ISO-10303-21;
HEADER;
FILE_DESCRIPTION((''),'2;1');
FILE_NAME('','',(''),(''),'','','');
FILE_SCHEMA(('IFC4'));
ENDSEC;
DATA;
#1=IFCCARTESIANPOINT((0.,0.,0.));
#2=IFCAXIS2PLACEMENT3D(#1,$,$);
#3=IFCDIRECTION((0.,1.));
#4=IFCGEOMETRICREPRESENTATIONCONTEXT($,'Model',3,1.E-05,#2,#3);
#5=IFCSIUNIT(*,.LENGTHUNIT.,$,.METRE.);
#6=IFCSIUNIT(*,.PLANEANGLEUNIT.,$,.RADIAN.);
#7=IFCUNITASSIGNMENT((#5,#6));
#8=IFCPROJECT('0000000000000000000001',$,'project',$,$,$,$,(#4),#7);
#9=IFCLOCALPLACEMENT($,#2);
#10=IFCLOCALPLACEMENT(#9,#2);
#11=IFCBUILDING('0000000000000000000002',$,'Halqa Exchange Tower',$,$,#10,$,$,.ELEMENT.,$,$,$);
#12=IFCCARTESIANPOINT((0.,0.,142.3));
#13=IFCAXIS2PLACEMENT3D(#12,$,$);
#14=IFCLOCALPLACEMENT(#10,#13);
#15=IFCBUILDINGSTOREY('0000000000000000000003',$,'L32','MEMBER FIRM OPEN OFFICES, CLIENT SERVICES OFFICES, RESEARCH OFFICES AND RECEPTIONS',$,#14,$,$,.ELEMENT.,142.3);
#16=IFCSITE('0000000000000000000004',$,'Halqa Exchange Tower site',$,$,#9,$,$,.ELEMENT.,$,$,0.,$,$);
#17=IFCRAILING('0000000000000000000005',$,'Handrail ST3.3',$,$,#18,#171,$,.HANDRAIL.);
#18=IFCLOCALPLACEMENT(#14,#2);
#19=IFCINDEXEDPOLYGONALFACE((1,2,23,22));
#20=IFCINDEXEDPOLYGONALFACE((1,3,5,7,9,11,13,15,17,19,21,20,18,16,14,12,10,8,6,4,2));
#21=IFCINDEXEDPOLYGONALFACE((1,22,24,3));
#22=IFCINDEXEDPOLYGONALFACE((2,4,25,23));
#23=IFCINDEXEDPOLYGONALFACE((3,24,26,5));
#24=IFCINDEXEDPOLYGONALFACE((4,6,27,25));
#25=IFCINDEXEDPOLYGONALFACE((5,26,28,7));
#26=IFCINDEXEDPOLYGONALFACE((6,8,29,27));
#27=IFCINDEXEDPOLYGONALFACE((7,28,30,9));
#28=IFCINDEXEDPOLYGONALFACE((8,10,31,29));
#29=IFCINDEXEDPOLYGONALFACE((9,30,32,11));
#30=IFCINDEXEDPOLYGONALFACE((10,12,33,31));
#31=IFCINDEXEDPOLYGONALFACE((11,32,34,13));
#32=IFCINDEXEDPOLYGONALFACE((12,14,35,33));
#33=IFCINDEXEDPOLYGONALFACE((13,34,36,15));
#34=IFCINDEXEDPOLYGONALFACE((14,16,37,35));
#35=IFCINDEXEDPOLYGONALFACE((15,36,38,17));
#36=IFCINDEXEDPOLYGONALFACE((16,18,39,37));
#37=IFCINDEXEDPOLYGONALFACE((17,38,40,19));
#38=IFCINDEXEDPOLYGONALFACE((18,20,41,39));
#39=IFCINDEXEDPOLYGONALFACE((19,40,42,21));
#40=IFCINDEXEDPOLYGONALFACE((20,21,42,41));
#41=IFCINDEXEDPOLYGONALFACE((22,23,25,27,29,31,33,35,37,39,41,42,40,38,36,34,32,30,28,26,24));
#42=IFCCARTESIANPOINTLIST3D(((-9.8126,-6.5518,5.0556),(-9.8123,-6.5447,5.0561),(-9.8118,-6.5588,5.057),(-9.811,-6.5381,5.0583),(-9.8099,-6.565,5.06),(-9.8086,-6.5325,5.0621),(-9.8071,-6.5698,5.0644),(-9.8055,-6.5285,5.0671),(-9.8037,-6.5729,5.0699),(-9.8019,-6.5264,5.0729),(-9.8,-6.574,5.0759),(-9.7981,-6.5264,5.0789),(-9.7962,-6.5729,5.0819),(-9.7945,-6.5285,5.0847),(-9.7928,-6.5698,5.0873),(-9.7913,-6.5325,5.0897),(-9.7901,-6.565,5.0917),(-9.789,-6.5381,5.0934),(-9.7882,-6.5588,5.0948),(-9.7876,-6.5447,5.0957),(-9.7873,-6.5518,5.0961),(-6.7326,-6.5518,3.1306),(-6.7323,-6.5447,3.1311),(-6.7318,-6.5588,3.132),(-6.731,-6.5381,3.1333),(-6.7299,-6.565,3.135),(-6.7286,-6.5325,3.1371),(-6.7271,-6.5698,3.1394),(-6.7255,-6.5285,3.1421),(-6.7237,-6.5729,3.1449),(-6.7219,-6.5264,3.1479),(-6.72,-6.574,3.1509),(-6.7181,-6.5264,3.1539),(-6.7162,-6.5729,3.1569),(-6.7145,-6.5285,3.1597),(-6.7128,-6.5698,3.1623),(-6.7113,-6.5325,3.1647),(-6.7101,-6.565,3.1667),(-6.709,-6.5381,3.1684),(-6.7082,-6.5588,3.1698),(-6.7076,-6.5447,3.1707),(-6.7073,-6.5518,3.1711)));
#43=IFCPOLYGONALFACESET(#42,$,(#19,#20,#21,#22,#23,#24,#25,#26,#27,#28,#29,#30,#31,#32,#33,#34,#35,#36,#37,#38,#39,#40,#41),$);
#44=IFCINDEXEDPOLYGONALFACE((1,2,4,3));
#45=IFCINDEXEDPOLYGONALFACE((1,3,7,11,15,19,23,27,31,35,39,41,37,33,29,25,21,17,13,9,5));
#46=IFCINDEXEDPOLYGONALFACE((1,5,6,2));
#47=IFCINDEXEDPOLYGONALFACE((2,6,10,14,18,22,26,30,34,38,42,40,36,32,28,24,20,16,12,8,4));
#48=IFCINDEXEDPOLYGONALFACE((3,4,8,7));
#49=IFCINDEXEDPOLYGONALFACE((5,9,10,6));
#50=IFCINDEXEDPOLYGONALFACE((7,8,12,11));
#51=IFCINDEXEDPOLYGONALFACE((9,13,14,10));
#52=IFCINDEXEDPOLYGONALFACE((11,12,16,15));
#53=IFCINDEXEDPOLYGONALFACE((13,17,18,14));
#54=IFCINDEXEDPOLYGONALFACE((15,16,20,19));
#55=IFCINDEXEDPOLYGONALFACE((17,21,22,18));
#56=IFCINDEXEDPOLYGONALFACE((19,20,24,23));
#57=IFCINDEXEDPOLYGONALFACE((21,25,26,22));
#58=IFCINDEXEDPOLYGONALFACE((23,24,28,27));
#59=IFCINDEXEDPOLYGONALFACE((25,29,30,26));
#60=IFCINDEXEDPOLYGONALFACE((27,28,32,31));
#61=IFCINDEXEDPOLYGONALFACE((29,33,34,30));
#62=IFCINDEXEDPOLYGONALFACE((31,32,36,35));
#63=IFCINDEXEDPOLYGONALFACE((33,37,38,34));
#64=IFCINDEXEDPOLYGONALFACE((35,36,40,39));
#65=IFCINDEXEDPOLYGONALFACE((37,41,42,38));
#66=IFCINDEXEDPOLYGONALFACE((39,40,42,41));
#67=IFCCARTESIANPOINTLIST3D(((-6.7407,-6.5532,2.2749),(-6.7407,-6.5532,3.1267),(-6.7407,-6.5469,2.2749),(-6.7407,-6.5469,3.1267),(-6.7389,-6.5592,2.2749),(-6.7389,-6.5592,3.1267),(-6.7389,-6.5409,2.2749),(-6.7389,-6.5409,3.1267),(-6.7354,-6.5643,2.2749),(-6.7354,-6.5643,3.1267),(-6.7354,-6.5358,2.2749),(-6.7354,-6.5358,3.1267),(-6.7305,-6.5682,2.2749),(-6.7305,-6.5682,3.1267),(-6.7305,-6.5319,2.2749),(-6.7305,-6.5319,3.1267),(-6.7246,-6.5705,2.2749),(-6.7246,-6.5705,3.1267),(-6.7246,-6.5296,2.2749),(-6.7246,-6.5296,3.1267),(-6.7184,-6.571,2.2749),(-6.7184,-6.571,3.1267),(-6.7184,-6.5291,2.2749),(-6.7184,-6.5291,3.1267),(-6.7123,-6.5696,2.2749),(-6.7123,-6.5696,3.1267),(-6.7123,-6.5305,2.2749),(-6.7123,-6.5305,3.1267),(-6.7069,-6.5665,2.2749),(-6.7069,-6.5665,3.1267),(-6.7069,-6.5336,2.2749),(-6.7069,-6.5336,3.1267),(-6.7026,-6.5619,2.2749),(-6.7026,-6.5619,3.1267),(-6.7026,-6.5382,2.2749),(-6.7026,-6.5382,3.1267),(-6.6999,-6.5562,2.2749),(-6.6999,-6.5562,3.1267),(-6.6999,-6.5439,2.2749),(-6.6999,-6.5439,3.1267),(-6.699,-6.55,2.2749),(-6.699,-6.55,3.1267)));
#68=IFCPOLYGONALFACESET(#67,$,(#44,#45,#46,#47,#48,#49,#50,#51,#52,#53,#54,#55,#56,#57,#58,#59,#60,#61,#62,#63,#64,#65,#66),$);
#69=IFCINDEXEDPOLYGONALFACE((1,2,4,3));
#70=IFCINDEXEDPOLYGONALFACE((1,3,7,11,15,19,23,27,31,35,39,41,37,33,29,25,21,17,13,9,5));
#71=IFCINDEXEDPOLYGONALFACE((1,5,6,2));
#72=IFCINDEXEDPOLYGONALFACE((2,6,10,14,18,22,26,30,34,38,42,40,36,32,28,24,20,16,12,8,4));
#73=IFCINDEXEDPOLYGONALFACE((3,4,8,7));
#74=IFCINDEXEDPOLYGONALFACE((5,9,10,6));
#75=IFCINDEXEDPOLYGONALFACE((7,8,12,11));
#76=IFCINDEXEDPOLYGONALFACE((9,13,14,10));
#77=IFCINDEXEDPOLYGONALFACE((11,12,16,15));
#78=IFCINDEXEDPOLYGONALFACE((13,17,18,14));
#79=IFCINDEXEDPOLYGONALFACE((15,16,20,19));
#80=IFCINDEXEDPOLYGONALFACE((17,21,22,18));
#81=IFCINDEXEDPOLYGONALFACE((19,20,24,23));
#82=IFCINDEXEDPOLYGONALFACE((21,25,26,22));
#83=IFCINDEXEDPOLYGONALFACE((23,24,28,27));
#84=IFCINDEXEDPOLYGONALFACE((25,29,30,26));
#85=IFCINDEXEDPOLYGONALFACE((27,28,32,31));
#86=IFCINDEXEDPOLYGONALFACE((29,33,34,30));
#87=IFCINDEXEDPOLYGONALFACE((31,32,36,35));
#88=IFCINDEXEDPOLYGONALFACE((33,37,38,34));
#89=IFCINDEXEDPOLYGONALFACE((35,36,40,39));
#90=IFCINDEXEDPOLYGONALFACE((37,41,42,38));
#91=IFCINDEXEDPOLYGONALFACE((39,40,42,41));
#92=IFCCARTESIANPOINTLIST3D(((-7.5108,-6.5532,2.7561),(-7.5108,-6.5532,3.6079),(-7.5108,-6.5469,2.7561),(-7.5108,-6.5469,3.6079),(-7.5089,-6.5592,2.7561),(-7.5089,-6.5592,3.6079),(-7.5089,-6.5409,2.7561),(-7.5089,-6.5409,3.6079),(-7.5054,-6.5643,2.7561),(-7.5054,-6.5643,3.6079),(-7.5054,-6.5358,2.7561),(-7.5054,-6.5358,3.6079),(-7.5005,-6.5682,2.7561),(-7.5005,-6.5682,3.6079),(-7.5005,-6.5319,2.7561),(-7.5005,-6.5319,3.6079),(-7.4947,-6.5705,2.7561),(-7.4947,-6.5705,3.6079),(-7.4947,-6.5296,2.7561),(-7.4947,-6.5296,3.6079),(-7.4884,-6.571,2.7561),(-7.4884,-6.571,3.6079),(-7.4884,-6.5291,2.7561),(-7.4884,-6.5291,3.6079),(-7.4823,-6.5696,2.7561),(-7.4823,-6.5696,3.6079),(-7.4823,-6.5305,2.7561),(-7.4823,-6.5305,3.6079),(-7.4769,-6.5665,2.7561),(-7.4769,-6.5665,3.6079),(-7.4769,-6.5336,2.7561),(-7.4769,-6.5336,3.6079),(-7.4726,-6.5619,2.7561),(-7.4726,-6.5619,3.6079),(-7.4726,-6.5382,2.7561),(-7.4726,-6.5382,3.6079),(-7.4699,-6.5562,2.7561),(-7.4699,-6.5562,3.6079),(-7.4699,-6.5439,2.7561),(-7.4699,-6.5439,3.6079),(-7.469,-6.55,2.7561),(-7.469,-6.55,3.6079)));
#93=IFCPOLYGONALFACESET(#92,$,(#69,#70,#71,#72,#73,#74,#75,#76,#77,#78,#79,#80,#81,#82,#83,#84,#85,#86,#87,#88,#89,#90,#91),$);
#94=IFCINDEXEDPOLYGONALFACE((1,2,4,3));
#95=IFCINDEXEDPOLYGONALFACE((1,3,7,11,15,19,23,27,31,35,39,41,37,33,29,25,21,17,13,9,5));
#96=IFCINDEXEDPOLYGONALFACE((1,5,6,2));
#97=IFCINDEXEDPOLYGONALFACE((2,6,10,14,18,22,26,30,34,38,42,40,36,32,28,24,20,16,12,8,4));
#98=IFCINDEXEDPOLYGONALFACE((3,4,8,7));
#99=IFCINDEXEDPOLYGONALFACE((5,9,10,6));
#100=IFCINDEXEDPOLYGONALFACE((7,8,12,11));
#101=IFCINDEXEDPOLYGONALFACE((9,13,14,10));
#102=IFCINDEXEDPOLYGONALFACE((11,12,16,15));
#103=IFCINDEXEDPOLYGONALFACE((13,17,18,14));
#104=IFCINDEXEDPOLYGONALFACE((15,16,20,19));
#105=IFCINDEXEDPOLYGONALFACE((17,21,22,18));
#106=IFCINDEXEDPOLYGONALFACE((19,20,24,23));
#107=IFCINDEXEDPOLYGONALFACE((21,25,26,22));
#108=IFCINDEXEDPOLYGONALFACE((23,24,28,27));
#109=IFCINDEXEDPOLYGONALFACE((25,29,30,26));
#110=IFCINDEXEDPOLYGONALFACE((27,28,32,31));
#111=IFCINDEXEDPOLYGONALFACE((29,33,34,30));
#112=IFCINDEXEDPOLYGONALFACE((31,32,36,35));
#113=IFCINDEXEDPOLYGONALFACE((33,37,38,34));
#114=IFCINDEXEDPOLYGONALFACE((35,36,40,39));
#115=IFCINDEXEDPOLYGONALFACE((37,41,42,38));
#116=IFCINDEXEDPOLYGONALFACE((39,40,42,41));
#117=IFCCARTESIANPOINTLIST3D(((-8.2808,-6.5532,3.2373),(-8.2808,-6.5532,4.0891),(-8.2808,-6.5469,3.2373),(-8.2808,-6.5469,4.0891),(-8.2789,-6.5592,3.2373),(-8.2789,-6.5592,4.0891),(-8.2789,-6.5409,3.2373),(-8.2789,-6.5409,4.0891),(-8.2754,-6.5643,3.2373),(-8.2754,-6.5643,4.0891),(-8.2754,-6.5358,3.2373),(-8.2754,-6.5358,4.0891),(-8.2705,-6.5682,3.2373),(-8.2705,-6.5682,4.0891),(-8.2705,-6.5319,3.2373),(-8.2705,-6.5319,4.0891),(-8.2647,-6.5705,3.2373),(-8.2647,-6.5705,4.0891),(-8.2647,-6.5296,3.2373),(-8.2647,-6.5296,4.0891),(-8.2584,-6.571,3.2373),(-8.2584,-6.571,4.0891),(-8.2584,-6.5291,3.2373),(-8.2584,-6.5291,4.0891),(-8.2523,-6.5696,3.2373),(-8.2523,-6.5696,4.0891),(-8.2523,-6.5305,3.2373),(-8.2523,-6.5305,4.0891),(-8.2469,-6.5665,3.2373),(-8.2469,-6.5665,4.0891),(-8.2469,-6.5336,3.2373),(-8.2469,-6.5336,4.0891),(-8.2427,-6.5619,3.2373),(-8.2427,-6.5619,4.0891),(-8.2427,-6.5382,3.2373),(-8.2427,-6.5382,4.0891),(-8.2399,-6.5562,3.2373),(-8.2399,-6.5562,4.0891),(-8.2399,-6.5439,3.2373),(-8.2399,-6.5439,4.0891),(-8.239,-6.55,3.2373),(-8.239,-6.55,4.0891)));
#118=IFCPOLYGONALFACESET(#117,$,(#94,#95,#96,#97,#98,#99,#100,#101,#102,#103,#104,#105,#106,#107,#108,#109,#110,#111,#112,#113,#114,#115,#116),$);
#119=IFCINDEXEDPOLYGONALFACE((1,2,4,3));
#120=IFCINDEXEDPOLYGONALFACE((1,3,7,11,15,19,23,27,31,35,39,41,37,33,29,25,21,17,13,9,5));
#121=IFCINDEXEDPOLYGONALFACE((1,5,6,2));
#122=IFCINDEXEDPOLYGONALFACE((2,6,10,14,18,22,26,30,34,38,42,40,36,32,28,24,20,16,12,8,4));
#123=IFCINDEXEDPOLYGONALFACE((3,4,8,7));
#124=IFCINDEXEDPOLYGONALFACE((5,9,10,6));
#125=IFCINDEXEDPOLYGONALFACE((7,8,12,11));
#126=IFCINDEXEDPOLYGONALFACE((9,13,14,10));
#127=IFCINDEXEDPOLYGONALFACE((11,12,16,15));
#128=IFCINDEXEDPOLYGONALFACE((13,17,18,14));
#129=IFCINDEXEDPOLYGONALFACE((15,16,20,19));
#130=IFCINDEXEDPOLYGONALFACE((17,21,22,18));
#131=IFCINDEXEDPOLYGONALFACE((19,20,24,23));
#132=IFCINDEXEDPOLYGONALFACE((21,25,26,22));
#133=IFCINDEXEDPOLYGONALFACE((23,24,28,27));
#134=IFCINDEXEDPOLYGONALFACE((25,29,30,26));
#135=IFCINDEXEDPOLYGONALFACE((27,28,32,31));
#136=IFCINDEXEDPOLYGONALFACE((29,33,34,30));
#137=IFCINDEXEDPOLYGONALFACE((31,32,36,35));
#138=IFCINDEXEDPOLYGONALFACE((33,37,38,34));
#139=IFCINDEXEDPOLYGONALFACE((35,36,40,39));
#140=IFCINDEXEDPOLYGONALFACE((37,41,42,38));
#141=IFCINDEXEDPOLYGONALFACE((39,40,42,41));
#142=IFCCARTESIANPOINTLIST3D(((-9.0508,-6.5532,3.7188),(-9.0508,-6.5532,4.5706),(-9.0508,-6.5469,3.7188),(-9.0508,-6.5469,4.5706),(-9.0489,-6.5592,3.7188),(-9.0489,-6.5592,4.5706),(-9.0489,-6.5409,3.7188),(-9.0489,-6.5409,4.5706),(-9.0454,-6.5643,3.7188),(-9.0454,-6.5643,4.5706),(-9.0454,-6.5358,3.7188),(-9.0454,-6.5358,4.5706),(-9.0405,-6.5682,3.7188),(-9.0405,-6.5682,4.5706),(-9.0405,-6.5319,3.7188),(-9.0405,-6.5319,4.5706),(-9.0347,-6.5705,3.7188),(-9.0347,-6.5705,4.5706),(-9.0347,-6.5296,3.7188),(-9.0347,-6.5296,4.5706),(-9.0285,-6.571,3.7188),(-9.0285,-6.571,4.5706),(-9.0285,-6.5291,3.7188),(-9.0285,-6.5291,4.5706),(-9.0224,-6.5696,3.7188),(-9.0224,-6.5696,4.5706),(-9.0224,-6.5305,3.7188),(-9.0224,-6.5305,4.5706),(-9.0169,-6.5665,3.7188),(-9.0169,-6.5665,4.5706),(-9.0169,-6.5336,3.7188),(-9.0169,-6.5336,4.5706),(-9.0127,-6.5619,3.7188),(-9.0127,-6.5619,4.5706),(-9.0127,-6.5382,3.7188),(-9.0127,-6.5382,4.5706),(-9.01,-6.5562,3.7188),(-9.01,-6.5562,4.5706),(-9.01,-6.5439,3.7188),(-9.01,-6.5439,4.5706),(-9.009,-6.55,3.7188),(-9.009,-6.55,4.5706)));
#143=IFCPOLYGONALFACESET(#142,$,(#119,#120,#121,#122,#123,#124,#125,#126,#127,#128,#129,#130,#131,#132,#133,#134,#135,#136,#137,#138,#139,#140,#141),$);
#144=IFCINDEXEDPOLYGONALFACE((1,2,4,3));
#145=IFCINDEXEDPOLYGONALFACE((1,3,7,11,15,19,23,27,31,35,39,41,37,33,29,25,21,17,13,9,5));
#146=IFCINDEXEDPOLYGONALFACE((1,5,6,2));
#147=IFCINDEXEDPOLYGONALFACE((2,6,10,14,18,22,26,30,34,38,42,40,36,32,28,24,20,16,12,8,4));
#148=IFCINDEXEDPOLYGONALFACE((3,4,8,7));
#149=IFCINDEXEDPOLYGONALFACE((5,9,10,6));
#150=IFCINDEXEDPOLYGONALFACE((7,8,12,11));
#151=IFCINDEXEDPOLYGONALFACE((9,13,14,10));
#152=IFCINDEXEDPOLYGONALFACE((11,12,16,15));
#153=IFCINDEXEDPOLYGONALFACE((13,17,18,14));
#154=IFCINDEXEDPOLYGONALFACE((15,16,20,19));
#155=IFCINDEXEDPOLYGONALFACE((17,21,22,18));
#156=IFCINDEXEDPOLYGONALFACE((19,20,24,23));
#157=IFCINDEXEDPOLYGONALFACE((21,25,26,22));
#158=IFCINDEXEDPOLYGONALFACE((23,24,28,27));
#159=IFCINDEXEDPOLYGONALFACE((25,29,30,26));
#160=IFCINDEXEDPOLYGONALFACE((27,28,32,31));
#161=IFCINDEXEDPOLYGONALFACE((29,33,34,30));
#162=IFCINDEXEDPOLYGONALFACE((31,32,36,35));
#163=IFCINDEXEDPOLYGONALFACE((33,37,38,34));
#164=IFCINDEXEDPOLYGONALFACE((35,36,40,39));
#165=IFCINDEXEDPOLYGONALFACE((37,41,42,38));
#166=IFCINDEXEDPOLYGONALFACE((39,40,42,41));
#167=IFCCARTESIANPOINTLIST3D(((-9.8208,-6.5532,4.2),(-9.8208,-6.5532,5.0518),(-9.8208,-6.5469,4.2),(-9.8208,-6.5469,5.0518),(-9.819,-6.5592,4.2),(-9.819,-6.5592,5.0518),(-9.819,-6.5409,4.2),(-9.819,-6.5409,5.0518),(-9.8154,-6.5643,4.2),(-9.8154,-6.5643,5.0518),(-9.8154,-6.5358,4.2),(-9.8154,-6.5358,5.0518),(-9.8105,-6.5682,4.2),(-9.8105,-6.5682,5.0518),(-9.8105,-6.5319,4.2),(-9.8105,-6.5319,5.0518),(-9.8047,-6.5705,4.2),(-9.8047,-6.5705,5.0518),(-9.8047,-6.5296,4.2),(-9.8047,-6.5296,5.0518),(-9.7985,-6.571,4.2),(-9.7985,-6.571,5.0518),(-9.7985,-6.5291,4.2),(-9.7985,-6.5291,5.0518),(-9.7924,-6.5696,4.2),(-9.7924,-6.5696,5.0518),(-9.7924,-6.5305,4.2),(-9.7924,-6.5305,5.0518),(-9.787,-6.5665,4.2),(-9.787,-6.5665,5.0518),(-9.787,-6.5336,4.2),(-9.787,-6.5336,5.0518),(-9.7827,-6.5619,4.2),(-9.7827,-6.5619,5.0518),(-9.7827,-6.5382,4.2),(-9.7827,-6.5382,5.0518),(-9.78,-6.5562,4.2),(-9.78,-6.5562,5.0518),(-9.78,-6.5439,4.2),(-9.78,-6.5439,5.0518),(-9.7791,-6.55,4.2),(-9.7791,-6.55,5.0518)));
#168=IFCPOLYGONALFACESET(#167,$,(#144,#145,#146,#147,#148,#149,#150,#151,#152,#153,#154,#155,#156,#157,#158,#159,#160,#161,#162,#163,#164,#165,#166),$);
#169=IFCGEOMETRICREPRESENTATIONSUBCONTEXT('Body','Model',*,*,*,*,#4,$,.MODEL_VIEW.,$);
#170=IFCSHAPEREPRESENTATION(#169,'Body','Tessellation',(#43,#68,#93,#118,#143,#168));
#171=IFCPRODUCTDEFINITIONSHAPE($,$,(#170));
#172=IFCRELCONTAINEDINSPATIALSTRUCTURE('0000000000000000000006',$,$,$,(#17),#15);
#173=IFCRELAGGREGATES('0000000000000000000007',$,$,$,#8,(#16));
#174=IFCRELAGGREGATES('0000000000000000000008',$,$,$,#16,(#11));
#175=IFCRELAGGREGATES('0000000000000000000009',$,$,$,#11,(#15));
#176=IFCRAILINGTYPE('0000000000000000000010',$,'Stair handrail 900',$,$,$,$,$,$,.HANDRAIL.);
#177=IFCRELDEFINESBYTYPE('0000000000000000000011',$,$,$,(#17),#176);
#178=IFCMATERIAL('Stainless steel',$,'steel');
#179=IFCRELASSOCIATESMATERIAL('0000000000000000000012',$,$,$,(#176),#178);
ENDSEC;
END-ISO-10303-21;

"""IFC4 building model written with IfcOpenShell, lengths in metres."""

from ifc_helpers import new_model, si_unit, direction, frame, origin, origin_2d, place, context, subcontext, project, spatial, circle, extrude, material, type_object, element, save


model = new_model("IFC4")

# Units and contexts
model_context = context("Model", 3, precision=1e-05, world=origin(), true_north=direction((0.0, 1.0)))
body_context = subcontext(model_context, "Body", "Model", "MODEL_VIEW")
ifc_project = project(units=[si_unit("LENGTHUNIT", "METRE"), si_unit("PLANEANGLEUNIT", "RADIAN")], contexts=[model_context])

# Site, building, storey
site_placement = place(None, origin())
site = spatial("IfcSite", under=ifc_project, at=site_placement, Name="Halqa Exchange Tower site", CompositionType="ELEMENT", RefElevation=0.0)
building_placement = place(site_placement, origin())
building = spatial("IfcBuilding", under=site, at=building_placement, Name="Halqa Exchange Tower", CompositionType="ELEMENT")
storey_placement = place(building_placement, frame((0.0, 0.0, 142.3)))
storey = spatial("IfcBuildingStorey", under=building, at=storey_placement, Name="L32", Description="MEMBER FIRM OPEN OFFICES, CLIENT SERVICES OFFICES, RESEARCH OFFICES AND RECEPTIONS", CompositionType="ELEMENT", Elevation=142.3)

# Shared definitions
ifc_material_1 = material(Name="Stainless steel", Category="steel")

# Railing
railing_type_1 = type_object("IfcRailingType", Name="Stair handrail 900", PredefinedType="HANDRAIL", material=ifc_material_1)
railing_1_placement = place(storey_placement, frame((-6.72, -6.55, 2.2749)))
element("IfcRailing", 1, at=railing_1_placement, inside=storey, type_object=railing_type_1, Name="Handrail ST3.3", PredefinedType="HANDRAIL", context=body_context, shape_type="SweptSolid", body=[
    extrude(circle(Radius=0.0239, at=origin_2d()), frame((0.0, 0.0, 0.876), z_axis=(-0.847998, 0.0, 0.529999), x_axis=(0.0, -1.0, 0.0)), (0.0, 0.0, 1.0), 3.6321),
    extrude(circle(Radius=0.021, at=origin_2d()), origin(), (0.0, 0.0, 1.0), 0.8518),
    extrude(circle(Radius=0.021, at=origin_2d()), frame((-0.77, 0.0, 0.4812)), (0.0, 0.0, 1.0), 0.8518),
    extrude(circle(Radius=0.021, at=origin_2d()), frame((-1.54, 0.0, 0.9624)), (0.0, 0.0, 1.0), 0.8518),
    extrude(circle(Radius=0.021, at=origin_2d()), frame((-2.3101, 0.0, 1.4438)), (0.0, 0.0, 1.0), 0.8518),
    extrude(circle(Radius=0.021, at=origin_2d()), frame((-3.0801, 0.0, 1.925)), (0.0, 0.0, 1.0), 0.8518),
])

save(model, "model.ifc")
